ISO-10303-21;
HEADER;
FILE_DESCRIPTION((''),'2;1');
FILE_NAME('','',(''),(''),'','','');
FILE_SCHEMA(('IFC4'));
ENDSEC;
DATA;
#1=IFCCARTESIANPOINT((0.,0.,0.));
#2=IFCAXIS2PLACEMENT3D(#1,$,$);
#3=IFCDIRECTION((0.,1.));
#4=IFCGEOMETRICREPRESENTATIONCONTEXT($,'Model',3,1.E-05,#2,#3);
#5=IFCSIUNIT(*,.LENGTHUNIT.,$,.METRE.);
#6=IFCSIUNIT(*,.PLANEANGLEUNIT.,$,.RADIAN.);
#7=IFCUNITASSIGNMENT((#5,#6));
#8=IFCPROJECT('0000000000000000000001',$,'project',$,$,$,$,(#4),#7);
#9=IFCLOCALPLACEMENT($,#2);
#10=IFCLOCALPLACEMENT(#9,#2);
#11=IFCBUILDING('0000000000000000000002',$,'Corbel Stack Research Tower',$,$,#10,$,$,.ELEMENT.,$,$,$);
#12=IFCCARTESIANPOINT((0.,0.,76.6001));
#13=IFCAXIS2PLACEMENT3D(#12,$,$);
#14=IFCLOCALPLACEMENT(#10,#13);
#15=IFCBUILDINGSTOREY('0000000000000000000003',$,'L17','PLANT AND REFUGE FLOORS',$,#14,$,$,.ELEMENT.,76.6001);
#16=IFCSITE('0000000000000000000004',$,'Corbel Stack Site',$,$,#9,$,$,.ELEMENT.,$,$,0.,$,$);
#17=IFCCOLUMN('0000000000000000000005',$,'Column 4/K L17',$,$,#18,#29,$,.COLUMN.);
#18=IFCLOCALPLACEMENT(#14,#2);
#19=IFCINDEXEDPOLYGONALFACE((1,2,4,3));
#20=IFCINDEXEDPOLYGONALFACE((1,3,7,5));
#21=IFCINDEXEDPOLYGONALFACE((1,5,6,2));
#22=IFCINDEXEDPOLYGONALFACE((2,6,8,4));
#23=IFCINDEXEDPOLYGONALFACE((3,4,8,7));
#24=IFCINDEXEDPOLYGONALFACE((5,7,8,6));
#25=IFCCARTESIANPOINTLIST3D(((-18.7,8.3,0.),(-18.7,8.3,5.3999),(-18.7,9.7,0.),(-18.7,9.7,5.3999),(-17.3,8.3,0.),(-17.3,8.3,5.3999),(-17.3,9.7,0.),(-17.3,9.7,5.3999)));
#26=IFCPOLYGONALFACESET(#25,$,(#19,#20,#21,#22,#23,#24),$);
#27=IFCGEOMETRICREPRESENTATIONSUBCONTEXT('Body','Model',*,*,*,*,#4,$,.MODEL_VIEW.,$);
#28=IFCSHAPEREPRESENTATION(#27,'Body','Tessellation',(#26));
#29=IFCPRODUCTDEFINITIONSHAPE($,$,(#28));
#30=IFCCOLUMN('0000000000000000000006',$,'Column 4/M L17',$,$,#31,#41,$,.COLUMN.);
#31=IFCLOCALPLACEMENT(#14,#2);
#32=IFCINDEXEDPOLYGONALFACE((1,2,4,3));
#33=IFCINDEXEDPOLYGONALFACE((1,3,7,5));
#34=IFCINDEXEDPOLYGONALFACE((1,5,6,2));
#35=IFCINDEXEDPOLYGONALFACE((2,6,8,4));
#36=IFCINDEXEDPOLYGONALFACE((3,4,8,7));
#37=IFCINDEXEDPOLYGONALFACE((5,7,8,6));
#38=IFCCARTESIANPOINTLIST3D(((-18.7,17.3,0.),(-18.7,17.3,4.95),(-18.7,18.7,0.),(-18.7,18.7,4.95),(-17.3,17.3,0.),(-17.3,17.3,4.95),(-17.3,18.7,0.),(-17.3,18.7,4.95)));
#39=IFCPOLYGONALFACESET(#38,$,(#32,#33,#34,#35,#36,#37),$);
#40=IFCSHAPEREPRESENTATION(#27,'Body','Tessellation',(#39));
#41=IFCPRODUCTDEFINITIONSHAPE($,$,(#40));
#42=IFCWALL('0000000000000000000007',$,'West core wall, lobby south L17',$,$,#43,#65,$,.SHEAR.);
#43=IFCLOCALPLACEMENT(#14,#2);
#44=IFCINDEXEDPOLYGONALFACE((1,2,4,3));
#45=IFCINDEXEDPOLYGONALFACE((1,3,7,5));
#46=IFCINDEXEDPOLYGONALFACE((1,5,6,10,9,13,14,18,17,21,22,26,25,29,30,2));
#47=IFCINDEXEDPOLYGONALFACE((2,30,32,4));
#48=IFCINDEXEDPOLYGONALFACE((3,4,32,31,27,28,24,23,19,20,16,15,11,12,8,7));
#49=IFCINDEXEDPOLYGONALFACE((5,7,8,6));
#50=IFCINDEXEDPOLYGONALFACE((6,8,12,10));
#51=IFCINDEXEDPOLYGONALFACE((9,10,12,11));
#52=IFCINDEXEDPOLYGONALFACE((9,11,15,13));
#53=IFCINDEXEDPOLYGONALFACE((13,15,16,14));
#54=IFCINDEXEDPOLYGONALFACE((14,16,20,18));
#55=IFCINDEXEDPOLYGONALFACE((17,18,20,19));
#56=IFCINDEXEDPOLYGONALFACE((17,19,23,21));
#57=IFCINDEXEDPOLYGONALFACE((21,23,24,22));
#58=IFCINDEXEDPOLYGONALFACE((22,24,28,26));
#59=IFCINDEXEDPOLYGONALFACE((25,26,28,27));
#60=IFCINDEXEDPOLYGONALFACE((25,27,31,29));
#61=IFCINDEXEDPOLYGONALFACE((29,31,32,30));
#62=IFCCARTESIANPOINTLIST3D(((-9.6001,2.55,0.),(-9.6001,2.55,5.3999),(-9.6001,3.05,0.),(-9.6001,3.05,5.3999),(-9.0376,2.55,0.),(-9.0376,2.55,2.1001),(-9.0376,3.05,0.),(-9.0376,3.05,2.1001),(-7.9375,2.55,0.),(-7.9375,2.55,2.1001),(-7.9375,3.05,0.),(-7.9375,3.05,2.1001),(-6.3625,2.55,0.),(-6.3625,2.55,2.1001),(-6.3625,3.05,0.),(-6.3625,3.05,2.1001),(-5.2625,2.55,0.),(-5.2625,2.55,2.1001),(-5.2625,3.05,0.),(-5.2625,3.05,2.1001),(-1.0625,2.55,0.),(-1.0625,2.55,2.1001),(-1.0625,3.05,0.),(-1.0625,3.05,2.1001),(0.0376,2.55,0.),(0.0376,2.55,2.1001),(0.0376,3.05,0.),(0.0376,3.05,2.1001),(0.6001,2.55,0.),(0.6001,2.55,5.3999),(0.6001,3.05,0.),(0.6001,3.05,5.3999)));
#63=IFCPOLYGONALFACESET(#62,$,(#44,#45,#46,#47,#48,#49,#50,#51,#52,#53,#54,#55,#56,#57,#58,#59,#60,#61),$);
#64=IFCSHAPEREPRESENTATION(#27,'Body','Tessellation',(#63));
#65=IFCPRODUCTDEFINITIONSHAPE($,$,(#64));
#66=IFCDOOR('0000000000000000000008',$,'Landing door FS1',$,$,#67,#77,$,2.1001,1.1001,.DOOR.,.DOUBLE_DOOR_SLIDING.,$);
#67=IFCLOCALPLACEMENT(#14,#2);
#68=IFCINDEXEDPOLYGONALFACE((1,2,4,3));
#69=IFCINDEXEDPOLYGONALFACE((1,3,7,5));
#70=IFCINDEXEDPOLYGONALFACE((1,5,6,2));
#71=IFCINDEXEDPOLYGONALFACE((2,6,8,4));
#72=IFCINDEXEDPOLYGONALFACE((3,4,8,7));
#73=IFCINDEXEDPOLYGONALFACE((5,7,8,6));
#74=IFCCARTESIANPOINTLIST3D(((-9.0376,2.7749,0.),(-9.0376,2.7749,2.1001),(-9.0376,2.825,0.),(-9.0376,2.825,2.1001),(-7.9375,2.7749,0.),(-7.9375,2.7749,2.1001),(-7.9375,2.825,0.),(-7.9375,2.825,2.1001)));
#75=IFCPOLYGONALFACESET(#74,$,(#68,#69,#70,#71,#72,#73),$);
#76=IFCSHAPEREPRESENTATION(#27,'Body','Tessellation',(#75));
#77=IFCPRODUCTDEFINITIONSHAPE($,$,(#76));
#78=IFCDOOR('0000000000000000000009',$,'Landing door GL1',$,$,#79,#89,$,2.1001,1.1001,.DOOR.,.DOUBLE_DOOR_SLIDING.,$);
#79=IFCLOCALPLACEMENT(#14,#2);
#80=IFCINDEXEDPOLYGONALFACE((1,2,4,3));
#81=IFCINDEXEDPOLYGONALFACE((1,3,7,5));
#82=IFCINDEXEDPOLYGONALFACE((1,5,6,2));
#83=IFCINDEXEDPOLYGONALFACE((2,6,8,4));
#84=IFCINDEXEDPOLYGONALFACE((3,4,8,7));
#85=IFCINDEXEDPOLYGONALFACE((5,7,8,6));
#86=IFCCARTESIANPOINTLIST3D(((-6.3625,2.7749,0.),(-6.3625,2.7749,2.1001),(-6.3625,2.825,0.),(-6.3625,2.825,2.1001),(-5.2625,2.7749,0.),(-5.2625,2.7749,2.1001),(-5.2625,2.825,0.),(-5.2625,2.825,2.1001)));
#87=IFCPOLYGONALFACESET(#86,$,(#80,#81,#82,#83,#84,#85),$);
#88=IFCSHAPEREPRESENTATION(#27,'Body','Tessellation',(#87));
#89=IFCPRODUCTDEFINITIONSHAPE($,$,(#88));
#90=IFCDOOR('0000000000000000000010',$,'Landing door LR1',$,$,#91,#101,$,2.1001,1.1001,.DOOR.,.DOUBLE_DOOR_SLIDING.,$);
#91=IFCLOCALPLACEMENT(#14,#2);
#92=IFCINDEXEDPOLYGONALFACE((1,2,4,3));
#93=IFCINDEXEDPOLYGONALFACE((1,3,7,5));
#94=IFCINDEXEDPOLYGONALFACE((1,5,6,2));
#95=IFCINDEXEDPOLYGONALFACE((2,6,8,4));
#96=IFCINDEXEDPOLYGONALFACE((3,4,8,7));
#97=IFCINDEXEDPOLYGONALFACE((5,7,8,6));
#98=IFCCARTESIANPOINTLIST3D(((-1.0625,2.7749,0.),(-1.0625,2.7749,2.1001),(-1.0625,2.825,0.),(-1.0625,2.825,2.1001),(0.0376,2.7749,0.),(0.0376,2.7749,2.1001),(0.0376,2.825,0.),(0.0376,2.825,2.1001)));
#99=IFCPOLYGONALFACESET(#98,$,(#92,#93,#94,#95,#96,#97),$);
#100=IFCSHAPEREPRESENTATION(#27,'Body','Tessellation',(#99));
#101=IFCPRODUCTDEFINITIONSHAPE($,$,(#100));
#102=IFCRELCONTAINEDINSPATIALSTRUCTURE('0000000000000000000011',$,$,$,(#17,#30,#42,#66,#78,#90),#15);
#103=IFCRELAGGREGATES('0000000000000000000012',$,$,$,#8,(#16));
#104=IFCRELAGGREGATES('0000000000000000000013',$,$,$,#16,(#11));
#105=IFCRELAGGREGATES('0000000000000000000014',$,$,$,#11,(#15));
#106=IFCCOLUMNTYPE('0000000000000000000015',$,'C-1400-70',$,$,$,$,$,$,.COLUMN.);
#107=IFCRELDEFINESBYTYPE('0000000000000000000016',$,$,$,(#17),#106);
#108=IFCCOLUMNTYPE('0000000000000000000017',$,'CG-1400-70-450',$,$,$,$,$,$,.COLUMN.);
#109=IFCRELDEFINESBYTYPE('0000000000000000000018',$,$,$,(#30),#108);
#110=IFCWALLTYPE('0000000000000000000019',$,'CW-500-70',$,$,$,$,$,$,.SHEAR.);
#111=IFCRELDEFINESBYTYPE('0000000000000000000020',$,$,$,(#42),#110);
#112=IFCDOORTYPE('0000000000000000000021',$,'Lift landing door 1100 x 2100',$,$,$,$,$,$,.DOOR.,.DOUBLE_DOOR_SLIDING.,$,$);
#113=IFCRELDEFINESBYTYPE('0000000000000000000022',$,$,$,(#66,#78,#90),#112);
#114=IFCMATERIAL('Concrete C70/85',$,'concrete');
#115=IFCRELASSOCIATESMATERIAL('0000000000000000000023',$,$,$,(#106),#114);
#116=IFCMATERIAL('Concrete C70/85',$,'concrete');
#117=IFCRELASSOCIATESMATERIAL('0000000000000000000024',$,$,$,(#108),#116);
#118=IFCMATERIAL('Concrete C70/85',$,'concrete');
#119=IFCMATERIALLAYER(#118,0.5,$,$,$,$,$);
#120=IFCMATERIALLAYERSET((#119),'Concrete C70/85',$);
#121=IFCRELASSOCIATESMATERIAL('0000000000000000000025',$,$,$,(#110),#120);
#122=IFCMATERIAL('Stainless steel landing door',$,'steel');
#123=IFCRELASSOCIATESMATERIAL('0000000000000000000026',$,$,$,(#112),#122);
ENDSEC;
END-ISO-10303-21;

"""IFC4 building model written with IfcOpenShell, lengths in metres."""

from ifc_helpers import new_model, si_unit, direction, frame, frame_2d, origin, origin_2d, place, context, subcontext, project, spatial, rectangle, extrude, material, layer, layer_set, material_profile, profile_set, type_object, element, fill, save


model = new_model("IFC4")

# Units and contexts
model_context = context("Model", 3, precision=1e-05, world=origin(), true_north=direction((0.0, 1.0)))
body_context = subcontext(model_context, "Body", "Model", "MODEL_VIEW")
ifc_project = project(units=[si_unit("LENGTHUNIT", "METRE"), si_unit("PLANEANGLEUNIT", "RADIAN")], contexts=[model_context])

# Site, building, storey
site_placement = place(None, origin())
site = spatial("IfcSite", under=ifc_project, at=site_placement, Name="Corbel Stack Site", CompositionType="ELEMENT", RefElevation=0.0)
building_placement = place(site_placement, origin())
building = spatial("IfcBuilding", under=site, at=building_placement, Name="Corbel Stack Research Tower", CompositionType="ELEMENT")
storey_placement = place(building_placement, frame((0.0, 0.0, 76.6001)))
storey = spatial("IfcBuildingStorey", under=building, at=storey_placement, Name="L17", Description="PLANT AND REFUGE FLOORS", CompositionType="ELEMENT", Elevation=76.6001)

# Columns
ifc_material_1 = material(Name="Concrete C70/85", Category="concrete")
ifc_material_profile_1 = material_profile(ifc_material_1, rectangle(XDim=1.3999, YDim=1.3999, at=origin_2d()), Name="RC 1400 x 1400")
ifc_profile_set_1 = profile_set([ifc_material_profile_1], Name="Concrete C70/85")
column_type_1 = type_object("IfcColumnType", Name="C-1400-70", PredefinedType="COLUMN", material=ifc_profile_set_1)
column_1_placement = place(storey_placement, frame((-18.0, 9.0, 0.0), z_axis=(0.0, 0.0, 1.0), x_axis=(1.0, 0.0, 0.0)))
element("IfcColumn", 1, at=column_1_placement, inside=storey, type_object=column_type_1, Name="Column 4/K L17", PredefinedType="COLUMN", context=body_context, shape_type="SweptSolid", body=[
    extrude(rectangle(XDim=1.3999, YDim=1.3999, at=origin_2d()), origin(), (0.0, 0.0, 1.0), 5.3999),
])
ifc_material_2 = material(Name="Concrete C70/85", Category="concrete")
ifc_material_profile_2 = material_profile(ifc_material_2, rectangle(XDim=1.3999, YDim=1.3999, at=origin_2d()), Name="RC 1400 x 1400")
ifc_profile_set_2 = profile_set([ifc_material_profile_2], Name="Concrete C70/85")
column_type_2 = type_object("IfcColumnType", Name="CG-1400-70-450", PredefinedType="COLUMN", material=ifc_profile_set_2)
column_2_placement = place(storey_placement, frame((-18.0, 18.0, 0.0), z_axis=(0.0, 0.0, 1.0), x_axis=(1.0, 0.0, 0.0)))
element("IfcColumn", 2, at=column_2_placement, inside=storey, type_object=column_type_2, Name="Column 4/M L17", PredefinedType="COLUMN", context=body_context, shape_type="SweptSolid", body=[
    extrude(rectangle(XDim=1.3999, YDim=1.3999, at=origin_2d()), origin(), (0.0, 0.0, 1.0), 4.95),
])

# Wall, openings, doors
ifc_material_3 = material(Name="Concrete C70/85", Category="concrete")
ifc_layer_1 = layer(ifc_material_3, 0.5)
ifc_layer_set_1 = layer_set([ifc_layer_1], Name="Concrete C70/85")
wall_type_1 = type_object("IfcWallType", Name="CW-500-70", PredefinedType="SHEAR", material=ifc_layer_set_1)
wall_1_placement = place(storey_placement, frame((-9.6001, 2.8, 0.0), z_axis=(0.0, 0.0, 1.0), x_axis=(1.0, 0.0, 0.0)))
wall_1 = element("IfcWall", 3, at=wall_1_placement, inside=storey, type_object=wall_type_1, Name="West core wall, lobby south L17", PredefinedType="SHEAR", context=body_context, shape_type="SweptSolid", body=[
    extrude(rectangle(XDim=10.2002, YDim=0.5, at=frame_2d((5.1001, 0.0))), origin(), (0.0, 0.0, 1.0), 5.3999),
])
opening_1_placement = place(wall_1_placement, frame((0.5625, 0.0, 0.0)))
opening_1 = element("IfcOpeningElement", 4, at=opening_1_placement, cuts=wall_1, PredefinedType="OPENING", context=body_context, shape_type="SweptSolid", body=[
    extrude(rectangle(XDim=1.1001, YDim=2.1001, at=frame_2d((0.55, 1.05))), frame((0.0, 0.26, 0.0), z_axis=(0.0, -1.0, 0.0), x_axis=(1.0, 0.0, 0.0)), (0.0, 0.0, 1.0), 0.52),
])
opening_2_placement = place(wall_1_placement, frame((3.2375, 0.0, 0.0)))
opening_2 = element("IfcOpeningElement", 5, at=opening_2_placement, cuts=wall_1, PredefinedType="OPENING", context=body_context, shape_type="SweptSolid", body=[
    extrude(rectangle(XDim=1.1001, YDim=2.1001, at=frame_2d((0.55, 1.05))), frame((0.0, 0.26, 0.0), z_axis=(0.0, -1.0, 0.0), x_axis=(1.0, 0.0, 0.0)), (0.0, 0.0, 1.0), 0.52),
])
opening_3_placement = place(wall_1_placement, frame((8.5376, 0.0, 0.0)))
opening_3 = element("IfcOpeningElement", 6, at=opening_3_placement, cuts=wall_1, PredefinedType="OPENING", context=body_context, shape_type="SweptSolid", body=[
    extrude(rectangle(XDim=1.1001, YDim=2.1001, at=frame_2d((0.55, 1.05))), frame((0.0, 0.26, 0.0), z_axis=(0.0, -1.0, 0.0), x_axis=(1.0, 0.0, 0.0)), (0.0, 0.0, 1.0), 0.52),
])
ifc_material_4 = material(Name="Stainless steel landing door", Category="steel")
door_type_1 = type_object("IfcDoorType", Name="Lift landing door 1100 x 2100", OperationType="DOUBLE_DOOR_SLIDING", PredefinedType="DOOR", material=ifc_material_4)
door_1_placement = place(opening_1_placement, origin())
door_1 = element("IfcDoor", 7, at=door_1_placement, inside=storey, type_object=door_type_1, Name="Landing door FS1", OperationType="DOUBLE_DOOR_SLIDING", OverallHeight=2.1001, OverallWidth=1.1001, PredefinedType="DOOR", context=body_context, shape_type="SweptSolid", body=[
    extrude(rectangle(XDim=1.1001, YDim=2.1001, at=frame_2d((0.55, 1.05))), frame((0.0, 0.0249, 0.0), z_axis=(0.0, -1.0, 0.0), x_axis=(1.0, 0.0, 0.0)), (0.0, 0.0, 1.0), 0.05),
])
fill(opening_1, door_1)
door_2_placement = place(opening_2_placement, origin())
door_2 = element("IfcDoor", 8, at=door_2_placement, inside=storey, type_object=door_type_1, Name="Landing door GL1", OperationType="DOUBLE_DOOR_SLIDING", OverallHeight=2.1001, OverallWidth=1.1001, PredefinedType="DOOR", context=body_context, shape_type="SweptSolid", body=[
    extrude(rectangle(XDim=1.1001, YDim=2.1001, at=frame_2d((0.55, 1.05))), frame((0.0, 0.0249, 0.0), z_axis=(0.0, -1.0, 0.0), x_axis=(1.0, 0.0, 0.0)), (0.0, 0.0, 1.0), 0.05),
])
fill(opening_2, door_2)
door_3_placement = place(opening_3_placement, origin())
door_3 = element("IfcDoor", 9, at=door_3_placement, inside=storey, type_object=door_type_1, Name="Landing door LR1", OperationType="DOUBLE_DOOR_SLIDING", OverallHeight=2.1001, OverallWidth=1.1001, PredefinedType="DOOR", context=body_context, shape_type="SweptSolid", body=[
    extrude(rectangle(XDim=1.1001, YDim=2.1001, at=frame_2d((0.55, 1.05))), frame((0.0, 0.0249, 0.0), z_axis=(0.0, -1.0, 0.0), x_axis=(1.0, 0.0, 0.0)), (0.0, 0.0, 1.0), 0.05),
])
fill(opening_3, door_3)

save(model, "model.ifc")
